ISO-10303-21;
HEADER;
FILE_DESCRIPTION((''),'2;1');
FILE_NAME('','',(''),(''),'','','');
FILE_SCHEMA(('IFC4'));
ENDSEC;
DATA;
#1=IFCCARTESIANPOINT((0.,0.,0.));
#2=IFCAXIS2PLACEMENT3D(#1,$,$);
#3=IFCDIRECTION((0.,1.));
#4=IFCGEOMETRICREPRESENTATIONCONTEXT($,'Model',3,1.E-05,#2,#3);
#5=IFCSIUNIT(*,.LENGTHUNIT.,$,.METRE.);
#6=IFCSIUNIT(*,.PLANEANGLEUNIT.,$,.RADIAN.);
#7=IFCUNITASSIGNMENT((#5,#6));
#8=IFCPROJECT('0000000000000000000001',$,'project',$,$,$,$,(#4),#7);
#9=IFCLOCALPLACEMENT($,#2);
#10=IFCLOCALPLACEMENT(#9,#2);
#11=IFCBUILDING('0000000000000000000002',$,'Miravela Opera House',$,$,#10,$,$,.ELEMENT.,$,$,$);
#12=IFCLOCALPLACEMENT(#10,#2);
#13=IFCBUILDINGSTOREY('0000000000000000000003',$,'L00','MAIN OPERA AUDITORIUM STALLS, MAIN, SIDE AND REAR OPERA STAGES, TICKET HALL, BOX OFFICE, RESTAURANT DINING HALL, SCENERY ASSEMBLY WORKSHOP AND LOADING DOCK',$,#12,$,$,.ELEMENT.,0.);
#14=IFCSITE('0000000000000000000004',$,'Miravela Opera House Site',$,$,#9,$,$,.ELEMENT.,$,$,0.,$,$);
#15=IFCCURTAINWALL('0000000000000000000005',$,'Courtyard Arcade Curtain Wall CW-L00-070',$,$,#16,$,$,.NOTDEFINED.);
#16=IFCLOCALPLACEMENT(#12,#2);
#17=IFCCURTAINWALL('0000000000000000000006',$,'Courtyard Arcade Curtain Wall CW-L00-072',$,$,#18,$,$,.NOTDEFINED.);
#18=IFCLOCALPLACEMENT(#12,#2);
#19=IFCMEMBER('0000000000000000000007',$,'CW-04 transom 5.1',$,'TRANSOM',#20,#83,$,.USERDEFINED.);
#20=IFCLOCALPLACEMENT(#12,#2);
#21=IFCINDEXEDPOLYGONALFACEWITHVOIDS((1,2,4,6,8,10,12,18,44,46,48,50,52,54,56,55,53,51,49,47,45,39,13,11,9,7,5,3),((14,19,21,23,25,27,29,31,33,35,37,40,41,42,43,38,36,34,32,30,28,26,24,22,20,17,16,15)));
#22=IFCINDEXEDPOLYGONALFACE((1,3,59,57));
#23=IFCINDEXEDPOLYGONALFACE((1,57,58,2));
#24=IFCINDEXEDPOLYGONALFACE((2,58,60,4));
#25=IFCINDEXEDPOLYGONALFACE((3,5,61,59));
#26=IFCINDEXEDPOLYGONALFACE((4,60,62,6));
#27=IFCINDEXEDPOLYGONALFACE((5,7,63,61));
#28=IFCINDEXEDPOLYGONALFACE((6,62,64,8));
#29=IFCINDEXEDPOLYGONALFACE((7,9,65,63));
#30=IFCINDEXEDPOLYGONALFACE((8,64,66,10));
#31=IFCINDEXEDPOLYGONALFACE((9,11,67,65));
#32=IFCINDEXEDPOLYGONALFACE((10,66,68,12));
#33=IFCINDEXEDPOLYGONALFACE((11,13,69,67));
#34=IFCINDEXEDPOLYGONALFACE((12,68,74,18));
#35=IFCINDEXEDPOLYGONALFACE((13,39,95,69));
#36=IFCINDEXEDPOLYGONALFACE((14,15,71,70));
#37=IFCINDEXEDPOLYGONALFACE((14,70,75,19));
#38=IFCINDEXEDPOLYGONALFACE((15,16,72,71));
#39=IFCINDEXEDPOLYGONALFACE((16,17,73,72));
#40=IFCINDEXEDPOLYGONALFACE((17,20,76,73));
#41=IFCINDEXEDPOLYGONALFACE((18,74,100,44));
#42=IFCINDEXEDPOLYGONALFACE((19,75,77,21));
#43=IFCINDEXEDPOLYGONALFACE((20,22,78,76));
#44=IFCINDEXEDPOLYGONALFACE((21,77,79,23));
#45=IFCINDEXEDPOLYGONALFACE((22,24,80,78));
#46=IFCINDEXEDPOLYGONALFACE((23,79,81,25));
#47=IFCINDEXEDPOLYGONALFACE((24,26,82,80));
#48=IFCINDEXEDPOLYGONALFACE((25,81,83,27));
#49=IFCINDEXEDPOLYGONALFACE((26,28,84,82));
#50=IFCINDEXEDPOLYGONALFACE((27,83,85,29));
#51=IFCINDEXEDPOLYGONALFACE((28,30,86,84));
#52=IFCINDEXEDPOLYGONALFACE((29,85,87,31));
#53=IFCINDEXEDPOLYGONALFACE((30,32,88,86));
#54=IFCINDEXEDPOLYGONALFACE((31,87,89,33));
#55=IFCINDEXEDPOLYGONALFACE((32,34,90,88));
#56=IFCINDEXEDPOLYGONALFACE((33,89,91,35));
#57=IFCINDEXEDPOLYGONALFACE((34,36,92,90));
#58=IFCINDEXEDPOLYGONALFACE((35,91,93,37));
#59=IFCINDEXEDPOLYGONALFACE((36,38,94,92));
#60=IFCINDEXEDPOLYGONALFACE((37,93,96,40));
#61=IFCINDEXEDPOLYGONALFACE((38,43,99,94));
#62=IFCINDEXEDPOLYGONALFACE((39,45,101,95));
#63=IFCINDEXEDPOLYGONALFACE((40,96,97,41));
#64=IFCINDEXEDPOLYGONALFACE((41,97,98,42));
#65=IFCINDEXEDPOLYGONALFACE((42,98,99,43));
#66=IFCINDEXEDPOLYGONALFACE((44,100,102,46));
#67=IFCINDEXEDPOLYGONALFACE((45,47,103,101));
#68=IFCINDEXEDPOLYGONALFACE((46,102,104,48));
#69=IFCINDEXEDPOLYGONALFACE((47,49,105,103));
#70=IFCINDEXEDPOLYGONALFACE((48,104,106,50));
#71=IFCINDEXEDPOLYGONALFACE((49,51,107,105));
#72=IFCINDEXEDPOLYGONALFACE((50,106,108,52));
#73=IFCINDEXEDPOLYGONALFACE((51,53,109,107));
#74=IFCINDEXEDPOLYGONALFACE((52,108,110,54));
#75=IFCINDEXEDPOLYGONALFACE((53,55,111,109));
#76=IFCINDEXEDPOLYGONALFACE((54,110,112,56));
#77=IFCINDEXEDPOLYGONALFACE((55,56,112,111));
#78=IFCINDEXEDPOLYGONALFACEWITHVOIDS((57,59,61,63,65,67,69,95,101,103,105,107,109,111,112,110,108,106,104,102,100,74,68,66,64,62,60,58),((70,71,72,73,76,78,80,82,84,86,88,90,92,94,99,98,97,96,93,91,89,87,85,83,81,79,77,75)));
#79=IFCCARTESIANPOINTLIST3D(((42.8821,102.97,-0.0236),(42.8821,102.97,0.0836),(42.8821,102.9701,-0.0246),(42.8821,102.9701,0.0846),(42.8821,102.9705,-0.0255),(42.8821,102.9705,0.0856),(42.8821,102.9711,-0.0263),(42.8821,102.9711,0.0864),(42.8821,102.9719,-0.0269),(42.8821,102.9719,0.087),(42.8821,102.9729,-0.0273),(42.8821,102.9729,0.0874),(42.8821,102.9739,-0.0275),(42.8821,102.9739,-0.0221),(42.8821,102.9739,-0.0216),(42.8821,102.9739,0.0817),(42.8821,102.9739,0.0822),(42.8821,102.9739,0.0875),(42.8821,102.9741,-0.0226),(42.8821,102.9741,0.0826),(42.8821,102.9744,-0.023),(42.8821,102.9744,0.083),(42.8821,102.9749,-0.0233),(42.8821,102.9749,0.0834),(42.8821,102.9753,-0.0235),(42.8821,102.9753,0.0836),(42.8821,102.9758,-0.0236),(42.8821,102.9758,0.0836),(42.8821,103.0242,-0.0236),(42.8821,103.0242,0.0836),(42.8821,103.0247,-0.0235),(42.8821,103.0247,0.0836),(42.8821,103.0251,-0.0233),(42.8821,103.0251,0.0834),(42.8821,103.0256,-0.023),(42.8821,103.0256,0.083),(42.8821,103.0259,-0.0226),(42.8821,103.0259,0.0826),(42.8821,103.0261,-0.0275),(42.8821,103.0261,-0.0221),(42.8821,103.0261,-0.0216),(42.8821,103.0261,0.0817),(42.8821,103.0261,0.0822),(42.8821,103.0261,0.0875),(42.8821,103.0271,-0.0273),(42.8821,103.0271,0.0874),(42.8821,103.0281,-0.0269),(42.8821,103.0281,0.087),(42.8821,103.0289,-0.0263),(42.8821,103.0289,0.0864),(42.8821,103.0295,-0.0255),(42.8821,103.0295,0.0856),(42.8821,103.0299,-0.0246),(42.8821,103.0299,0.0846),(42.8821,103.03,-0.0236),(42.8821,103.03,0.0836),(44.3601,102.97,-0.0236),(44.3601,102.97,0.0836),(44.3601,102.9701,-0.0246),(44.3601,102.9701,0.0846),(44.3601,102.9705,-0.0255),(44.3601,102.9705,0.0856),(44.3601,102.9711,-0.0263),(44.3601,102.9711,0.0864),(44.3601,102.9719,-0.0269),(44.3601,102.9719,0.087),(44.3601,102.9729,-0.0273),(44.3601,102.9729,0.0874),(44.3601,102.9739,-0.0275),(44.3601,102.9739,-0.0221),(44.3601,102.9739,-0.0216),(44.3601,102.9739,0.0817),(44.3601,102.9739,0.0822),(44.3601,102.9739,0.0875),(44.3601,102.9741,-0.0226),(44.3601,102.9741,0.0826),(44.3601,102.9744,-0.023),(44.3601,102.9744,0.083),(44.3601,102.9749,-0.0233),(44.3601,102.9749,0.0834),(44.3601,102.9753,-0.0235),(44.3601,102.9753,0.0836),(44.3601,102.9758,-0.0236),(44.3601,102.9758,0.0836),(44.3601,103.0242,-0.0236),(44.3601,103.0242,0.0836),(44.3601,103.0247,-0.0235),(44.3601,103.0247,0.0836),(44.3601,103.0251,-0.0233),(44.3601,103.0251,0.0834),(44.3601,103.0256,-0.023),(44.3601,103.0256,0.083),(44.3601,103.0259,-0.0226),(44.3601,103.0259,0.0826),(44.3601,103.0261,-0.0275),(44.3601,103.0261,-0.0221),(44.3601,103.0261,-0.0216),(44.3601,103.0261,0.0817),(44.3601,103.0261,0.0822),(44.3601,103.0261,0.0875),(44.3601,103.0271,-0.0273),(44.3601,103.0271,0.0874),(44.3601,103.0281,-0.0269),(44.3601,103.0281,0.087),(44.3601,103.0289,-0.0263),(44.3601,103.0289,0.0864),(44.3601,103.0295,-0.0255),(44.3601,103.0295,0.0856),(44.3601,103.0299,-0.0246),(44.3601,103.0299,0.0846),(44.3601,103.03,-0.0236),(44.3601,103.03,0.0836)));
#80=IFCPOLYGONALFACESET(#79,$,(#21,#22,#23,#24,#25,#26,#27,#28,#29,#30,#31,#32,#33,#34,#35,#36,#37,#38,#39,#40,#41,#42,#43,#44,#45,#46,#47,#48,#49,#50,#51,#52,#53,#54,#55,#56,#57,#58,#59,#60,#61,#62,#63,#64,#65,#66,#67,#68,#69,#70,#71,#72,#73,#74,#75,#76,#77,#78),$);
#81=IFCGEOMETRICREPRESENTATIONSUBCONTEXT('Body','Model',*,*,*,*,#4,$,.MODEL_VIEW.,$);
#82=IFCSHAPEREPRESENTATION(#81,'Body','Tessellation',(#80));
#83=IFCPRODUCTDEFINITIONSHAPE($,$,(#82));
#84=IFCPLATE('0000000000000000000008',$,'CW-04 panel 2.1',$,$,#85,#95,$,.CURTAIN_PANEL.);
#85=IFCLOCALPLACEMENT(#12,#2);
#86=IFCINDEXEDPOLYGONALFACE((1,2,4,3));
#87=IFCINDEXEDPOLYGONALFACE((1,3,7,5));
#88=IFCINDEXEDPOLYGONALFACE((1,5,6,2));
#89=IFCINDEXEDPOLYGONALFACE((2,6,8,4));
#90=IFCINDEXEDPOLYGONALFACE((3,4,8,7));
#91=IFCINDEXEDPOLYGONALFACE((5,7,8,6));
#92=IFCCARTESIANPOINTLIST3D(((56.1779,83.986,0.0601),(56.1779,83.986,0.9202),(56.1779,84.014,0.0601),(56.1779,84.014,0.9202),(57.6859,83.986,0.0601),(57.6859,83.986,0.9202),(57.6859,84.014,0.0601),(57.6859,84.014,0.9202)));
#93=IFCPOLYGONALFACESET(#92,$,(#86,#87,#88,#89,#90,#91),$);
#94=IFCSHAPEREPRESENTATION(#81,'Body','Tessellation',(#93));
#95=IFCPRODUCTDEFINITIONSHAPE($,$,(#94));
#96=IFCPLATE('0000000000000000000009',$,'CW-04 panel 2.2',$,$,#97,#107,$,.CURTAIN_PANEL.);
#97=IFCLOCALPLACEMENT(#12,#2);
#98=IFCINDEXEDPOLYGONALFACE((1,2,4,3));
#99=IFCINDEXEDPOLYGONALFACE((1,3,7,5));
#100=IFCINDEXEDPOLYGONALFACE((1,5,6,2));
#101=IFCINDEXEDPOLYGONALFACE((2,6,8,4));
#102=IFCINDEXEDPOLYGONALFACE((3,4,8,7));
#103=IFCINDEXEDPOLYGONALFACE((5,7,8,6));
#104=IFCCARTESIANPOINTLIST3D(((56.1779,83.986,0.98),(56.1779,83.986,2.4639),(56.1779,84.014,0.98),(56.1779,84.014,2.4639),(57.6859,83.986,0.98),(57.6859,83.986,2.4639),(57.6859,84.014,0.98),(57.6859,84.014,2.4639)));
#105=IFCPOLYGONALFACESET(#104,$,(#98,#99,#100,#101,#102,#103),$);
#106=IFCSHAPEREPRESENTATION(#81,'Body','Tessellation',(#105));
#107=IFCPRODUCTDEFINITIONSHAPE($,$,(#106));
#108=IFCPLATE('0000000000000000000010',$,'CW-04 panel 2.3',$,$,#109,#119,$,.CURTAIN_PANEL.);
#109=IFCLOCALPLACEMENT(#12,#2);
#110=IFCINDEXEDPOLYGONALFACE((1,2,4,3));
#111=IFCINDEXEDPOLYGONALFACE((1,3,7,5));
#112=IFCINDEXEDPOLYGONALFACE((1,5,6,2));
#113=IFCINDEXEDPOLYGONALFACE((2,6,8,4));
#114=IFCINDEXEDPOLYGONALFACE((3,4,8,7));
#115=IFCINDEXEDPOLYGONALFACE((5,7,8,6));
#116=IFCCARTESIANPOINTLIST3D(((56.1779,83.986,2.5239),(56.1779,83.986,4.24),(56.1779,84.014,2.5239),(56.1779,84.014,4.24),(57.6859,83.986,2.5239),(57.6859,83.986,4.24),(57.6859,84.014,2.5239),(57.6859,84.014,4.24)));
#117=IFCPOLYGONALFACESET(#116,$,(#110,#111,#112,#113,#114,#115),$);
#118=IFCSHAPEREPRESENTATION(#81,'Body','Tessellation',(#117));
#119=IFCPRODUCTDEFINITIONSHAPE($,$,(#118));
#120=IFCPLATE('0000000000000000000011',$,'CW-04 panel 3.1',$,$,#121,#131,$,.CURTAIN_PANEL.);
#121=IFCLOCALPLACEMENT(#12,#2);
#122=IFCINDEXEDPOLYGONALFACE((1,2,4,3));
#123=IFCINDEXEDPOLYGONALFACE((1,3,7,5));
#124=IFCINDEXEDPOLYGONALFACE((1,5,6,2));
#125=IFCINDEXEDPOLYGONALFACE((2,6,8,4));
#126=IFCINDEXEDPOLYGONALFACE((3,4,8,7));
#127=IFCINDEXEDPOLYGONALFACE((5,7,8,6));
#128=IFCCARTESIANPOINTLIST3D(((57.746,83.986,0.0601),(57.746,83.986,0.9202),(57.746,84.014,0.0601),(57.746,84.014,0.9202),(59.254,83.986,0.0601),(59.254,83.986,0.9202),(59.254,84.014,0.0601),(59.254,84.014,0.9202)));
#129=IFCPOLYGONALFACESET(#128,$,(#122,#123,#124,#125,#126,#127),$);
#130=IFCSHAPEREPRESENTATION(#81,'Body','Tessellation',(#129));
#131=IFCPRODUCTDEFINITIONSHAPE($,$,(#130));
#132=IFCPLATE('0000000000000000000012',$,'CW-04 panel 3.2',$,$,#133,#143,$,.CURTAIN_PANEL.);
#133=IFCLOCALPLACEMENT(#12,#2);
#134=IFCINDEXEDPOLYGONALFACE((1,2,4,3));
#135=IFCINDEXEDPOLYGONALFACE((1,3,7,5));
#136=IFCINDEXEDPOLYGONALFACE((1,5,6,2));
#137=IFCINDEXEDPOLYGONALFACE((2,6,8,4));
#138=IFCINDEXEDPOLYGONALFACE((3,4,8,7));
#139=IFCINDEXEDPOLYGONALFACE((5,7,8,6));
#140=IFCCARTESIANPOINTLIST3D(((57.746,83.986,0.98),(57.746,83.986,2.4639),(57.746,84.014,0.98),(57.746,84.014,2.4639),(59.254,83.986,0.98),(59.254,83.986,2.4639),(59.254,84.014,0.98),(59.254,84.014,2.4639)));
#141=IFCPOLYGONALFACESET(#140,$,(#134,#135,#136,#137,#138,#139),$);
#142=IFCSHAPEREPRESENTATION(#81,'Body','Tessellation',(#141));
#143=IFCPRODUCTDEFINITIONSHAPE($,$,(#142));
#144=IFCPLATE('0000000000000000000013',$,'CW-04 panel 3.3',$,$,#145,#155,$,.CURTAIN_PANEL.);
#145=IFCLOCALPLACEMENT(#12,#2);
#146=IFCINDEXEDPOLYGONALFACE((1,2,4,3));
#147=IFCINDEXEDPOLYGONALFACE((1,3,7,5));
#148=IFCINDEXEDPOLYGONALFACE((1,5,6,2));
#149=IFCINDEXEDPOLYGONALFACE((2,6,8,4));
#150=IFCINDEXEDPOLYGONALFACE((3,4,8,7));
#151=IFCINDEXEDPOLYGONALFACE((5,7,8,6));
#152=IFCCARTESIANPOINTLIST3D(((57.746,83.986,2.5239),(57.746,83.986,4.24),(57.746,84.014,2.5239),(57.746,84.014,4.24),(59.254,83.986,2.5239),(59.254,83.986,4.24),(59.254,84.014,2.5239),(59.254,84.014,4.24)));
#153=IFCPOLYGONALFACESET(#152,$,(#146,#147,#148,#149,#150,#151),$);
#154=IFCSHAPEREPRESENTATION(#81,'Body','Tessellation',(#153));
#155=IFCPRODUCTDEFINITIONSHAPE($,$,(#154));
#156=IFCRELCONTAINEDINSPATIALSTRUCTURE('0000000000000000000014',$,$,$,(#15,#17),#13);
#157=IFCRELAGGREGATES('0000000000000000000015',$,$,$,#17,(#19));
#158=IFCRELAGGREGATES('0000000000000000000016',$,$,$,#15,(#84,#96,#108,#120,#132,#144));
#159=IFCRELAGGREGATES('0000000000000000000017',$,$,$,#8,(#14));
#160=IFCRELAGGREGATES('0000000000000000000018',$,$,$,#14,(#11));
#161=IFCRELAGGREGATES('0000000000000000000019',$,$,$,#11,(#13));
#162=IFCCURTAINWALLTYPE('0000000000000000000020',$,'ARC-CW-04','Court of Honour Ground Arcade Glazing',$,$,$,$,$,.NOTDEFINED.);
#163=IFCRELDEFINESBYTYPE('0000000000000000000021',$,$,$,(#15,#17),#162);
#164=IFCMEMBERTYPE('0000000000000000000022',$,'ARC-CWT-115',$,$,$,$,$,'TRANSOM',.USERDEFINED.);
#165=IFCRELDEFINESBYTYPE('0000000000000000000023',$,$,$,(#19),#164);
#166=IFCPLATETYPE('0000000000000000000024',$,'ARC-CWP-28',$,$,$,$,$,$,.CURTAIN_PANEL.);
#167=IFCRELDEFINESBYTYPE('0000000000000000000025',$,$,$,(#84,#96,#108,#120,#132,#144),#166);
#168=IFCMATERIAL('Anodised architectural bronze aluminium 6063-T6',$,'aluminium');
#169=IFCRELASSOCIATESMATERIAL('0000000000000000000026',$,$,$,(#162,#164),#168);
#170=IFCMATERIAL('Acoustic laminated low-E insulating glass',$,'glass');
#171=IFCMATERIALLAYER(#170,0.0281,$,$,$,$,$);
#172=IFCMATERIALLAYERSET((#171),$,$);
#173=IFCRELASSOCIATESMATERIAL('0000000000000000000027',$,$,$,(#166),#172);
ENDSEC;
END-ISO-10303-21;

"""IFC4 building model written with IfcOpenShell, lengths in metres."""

from ifc_helpers import new_model, si_unit, direction, frame, origin, origin_2d, place, context, subcontext, project, spatial, rectangle, hollow_rectangle, extrude, material, layer, layer_set, material_profile, profile_set, type_object, element, aggregate, save


model = new_model("IFC4")

# Units and contexts
model_context = context("Model", 3, precision=1e-05, world=origin(), true_north=direction((0.0, 1.0)))
body_context = subcontext(model_context, "Body", "Model", "MODEL_VIEW")
ifc_project = project(units=[si_unit("LENGTHUNIT", "METRE"), si_unit("PLANEANGLEUNIT", "RADIAN")], contexts=[model_context])

# Site, building, storey
site_placement = place(None, origin())
site = spatial("IfcSite", under=ifc_project, at=site_placement, Name="Miravela Opera House Site", CompositionType="ELEMENT", RefElevation=0.0)
building_placement = place(site_placement, origin())
building = spatial("IfcBuilding", under=site, at=building_placement, Name="Miravela Opera House", CompositionType="ELEMENT")
storey_placement = place(building_placement, origin())
storey = spatial("IfcBuildingStorey", under=building, at=storey_placement, Name="L00", Description="MAIN OPERA AUDITORIUM STALLS, MAIN, SIDE AND REAR OPERA STAGES, TICKET HALL, BOX OFFICE, RESTAURANT DINING HALL, SCENERY ASSEMBLY WORKSHOP AND LOADING DOCK", CompositionType="ELEMENT", Elevation=0.0)

# Curtain wall
ifc_material_1 = material(Name="Anodised architectural bronze aluminium 6063-T6", Category="aluminium")
curtain_wall_type = type_object("IfcCurtainWallType", Name="ARC-CW-04", Description="Court of Honour Ground Arcade Glazing", PredefinedType="NOTDEFINED", material=ifc_material_1)
curtain_wall_1_placement = place(storey_placement, origin())
curtain_wall_1 = element("IfcCurtainWall", 1, at=curtain_wall_1_placement, inside=storey, type_object=curtain_wall_type, Name="Courtyard Arcade Curtain Wall CW-L00-070", PredefinedType="NOTDEFINED")

# Curtain wall
curtain_wall_2_placement = place(storey_placement, origin())
curtain_wall_2 = element("IfcCurtainWall", 2, at=curtain_wall_2_placement, inside=storey, type_object=curtain_wall_type, Name="Courtyard Arcade Curtain Wall CW-L00-072", PredefinedType="NOTDEFINED")

# Member
ifc_material_profile_1 = material_profile(ifc_material_1, hollow_rectangle(XDim=0.0601, YDim=0.115, WallThickness=0.0039, InnerFilletRadius=0.002, OuterFilletRadius=0.0039, at=origin_2d()), Name="CWT-60X115")
ifc_profile_set_1 = profile_set([ifc_material_profile_1])
member_type_1 = type_object("IfcMemberType", Name="ARC-CWT-115", ElementType="TRANSOM", PredefinedType="USERDEFINED", material=ifc_profile_set_1)
member_1_placement = place(storey_placement, frame((42.8821, 103.0, 0.03), z_axis=(1.0, 0.0, 0.0), x_axis=(0.0, 1.0, 0.0)))
member_1 = element("IfcMember", 3, at=member_1_placement, type_object=member_type_1, Name="CW-04 transom 5.1", ObjectType="TRANSOM", PredefinedType="USERDEFINED", context=body_context, shape_type="SweptSolid", body=[
    extrude(hollow_rectangle(XDim=0.0601, YDim=0.115, WallThickness=0.0039, InnerFilletRadius=0.002, OuterFilletRadius=0.0039, at=origin_2d()), origin(), (0.0, 0.0, 1.0), 1.478),
])
aggregate(curtain_wall_2, [member_1])

# Plates
ifc_material_2 = material(Name="Acoustic laminated low-E insulating glass", Category="glass")
ifc_layer = layer(ifc_material_2, 0.0281)
ifc_layer_set = layer_set([ifc_layer])
plate_type = type_object("IfcPlateType", Name="ARC-CWP-28", PredefinedType="CURTAIN_PANEL", material=ifc_layer_set)
plate_1_placement = place(storey_placement, frame((56.9319, 84.0, 0.0601), z_axis=(0.0, 0.0, 1.0), x_axis=(1.0, 0.0, 0.0)))
plate_1 = element("IfcPlate", 4, at=plate_1_placement, type_object=plate_type, Name="CW-04 panel 2.1", PredefinedType="CURTAIN_PANEL", context=body_context, shape_type="SweptSolid", body=[
    extrude(rectangle(XDim=1.5081, YDim=0.0281, at=origin_2d()), origin(), (0.0, 0.0, 1.0), 0.8601),
])
plate_2_placement = place(storey_placement, frame((56.9319, 84.0, 0.98), z_axis=(0.0, 0.0, 1.0), x_axis=(1.0, 0.0, 0.0)))
plate_2 = element("IfcPlate", 5, at=plate_2_placement, type_object=plate_type, Name="CW-04 panel 2.2", PredefinedType="CURTAIN_PANEL", context=body_context, shape_type="SweptSolid", body=[
    extrude(rectangle(XDim=1.5081, YDim=0.0281, at=origin_2d()), origin(), (0.0, 0.0, 1.0), 1.4839),
])
plate_3_placement = place(storey_placement, frame((56.9319, 84.0, 2.5239), z_axis=(0.0, 0.0, 1.0), x_axis=(1.0, 0.0, 0.0)))
plate_3 = element("IfcPlate", 6, at=plate_3_placement, type_object=plate_type, Name="CW-04 panel 2.3", PredefinedType="CURTAIN_PANEL", context=body_context, shape_type="SweptSolid", body=[
    extrude(rectangle(XDim=1.5081, YDim=0.0281, at=origin_2d()), origin(), (0.0, 0.0, 1.0), 1.7161),
])
plate_4_placement = place(storey_placement, frame((58.5, 84.0, 0.0601), z_axis=(0.0, 0.0, 1.0), x_axis=(1.0, 0.0, 0.0)))
plate_4 = element("IfcPlate", 7, at=plate_4_placement, type_object=plate_type, Name="CW-04 panel 3.1", PredefinedType="CURTAIN_PANEL", context=body_context, shape_type="SweptSolid", body=[
    extrude(rectangle(XDim=1.5081, YDim=0.0281, at=origin_2d()), origin(), (0.0, 0.0, 1.0), 0.8601),
])
plate_5_placement = place(storey_placement, frame((58.5, 84.0, 0.98), z_axis=(0.0, 0.0, 1.0), x_axis=(1.0, 0.0, 0.0)))
plate_5 = element("IfcPlate", 8, at=plate_5_placement, type_object=plate_type, Name="CW-04 panel 3.2", PredefinedType="CURTAIN_PANEL", context=body_context, shape_type="SweptSolid", body=[
    extrude(rectangle(XDim=1.5081, YDim=0.0281, at=origin_2d()), origin(), (0.0, 0.0, 1.0), 1.4839),
])
plate_6_placement = place(storey_placement, frame((58.5, 84.0, 2.5239), z_axis=(0.0, 0.0, 1.0), x_axis=(1.0, 0.0, 0.0)))
plate_6 = element("IfcPlate", 9, at=plate_6_placement, type_object=plate_type, Name="CW-04 panel 3.3", PredefinedType="CURTAIN_PANEL", context=body_context, shape_type="SweptSolid", body=[
    extrude(rectangle(XDim=1.5081, YDim=0.0281, at=origin_2d()), origin(), (0.0, 0.0, 1.0), 1.7161),
])
aggregate(curtain_wall_1, [plate_1, plate_2, plate_3, plate_4, plate_5, plate_6])

save(model, "model.ifc")
